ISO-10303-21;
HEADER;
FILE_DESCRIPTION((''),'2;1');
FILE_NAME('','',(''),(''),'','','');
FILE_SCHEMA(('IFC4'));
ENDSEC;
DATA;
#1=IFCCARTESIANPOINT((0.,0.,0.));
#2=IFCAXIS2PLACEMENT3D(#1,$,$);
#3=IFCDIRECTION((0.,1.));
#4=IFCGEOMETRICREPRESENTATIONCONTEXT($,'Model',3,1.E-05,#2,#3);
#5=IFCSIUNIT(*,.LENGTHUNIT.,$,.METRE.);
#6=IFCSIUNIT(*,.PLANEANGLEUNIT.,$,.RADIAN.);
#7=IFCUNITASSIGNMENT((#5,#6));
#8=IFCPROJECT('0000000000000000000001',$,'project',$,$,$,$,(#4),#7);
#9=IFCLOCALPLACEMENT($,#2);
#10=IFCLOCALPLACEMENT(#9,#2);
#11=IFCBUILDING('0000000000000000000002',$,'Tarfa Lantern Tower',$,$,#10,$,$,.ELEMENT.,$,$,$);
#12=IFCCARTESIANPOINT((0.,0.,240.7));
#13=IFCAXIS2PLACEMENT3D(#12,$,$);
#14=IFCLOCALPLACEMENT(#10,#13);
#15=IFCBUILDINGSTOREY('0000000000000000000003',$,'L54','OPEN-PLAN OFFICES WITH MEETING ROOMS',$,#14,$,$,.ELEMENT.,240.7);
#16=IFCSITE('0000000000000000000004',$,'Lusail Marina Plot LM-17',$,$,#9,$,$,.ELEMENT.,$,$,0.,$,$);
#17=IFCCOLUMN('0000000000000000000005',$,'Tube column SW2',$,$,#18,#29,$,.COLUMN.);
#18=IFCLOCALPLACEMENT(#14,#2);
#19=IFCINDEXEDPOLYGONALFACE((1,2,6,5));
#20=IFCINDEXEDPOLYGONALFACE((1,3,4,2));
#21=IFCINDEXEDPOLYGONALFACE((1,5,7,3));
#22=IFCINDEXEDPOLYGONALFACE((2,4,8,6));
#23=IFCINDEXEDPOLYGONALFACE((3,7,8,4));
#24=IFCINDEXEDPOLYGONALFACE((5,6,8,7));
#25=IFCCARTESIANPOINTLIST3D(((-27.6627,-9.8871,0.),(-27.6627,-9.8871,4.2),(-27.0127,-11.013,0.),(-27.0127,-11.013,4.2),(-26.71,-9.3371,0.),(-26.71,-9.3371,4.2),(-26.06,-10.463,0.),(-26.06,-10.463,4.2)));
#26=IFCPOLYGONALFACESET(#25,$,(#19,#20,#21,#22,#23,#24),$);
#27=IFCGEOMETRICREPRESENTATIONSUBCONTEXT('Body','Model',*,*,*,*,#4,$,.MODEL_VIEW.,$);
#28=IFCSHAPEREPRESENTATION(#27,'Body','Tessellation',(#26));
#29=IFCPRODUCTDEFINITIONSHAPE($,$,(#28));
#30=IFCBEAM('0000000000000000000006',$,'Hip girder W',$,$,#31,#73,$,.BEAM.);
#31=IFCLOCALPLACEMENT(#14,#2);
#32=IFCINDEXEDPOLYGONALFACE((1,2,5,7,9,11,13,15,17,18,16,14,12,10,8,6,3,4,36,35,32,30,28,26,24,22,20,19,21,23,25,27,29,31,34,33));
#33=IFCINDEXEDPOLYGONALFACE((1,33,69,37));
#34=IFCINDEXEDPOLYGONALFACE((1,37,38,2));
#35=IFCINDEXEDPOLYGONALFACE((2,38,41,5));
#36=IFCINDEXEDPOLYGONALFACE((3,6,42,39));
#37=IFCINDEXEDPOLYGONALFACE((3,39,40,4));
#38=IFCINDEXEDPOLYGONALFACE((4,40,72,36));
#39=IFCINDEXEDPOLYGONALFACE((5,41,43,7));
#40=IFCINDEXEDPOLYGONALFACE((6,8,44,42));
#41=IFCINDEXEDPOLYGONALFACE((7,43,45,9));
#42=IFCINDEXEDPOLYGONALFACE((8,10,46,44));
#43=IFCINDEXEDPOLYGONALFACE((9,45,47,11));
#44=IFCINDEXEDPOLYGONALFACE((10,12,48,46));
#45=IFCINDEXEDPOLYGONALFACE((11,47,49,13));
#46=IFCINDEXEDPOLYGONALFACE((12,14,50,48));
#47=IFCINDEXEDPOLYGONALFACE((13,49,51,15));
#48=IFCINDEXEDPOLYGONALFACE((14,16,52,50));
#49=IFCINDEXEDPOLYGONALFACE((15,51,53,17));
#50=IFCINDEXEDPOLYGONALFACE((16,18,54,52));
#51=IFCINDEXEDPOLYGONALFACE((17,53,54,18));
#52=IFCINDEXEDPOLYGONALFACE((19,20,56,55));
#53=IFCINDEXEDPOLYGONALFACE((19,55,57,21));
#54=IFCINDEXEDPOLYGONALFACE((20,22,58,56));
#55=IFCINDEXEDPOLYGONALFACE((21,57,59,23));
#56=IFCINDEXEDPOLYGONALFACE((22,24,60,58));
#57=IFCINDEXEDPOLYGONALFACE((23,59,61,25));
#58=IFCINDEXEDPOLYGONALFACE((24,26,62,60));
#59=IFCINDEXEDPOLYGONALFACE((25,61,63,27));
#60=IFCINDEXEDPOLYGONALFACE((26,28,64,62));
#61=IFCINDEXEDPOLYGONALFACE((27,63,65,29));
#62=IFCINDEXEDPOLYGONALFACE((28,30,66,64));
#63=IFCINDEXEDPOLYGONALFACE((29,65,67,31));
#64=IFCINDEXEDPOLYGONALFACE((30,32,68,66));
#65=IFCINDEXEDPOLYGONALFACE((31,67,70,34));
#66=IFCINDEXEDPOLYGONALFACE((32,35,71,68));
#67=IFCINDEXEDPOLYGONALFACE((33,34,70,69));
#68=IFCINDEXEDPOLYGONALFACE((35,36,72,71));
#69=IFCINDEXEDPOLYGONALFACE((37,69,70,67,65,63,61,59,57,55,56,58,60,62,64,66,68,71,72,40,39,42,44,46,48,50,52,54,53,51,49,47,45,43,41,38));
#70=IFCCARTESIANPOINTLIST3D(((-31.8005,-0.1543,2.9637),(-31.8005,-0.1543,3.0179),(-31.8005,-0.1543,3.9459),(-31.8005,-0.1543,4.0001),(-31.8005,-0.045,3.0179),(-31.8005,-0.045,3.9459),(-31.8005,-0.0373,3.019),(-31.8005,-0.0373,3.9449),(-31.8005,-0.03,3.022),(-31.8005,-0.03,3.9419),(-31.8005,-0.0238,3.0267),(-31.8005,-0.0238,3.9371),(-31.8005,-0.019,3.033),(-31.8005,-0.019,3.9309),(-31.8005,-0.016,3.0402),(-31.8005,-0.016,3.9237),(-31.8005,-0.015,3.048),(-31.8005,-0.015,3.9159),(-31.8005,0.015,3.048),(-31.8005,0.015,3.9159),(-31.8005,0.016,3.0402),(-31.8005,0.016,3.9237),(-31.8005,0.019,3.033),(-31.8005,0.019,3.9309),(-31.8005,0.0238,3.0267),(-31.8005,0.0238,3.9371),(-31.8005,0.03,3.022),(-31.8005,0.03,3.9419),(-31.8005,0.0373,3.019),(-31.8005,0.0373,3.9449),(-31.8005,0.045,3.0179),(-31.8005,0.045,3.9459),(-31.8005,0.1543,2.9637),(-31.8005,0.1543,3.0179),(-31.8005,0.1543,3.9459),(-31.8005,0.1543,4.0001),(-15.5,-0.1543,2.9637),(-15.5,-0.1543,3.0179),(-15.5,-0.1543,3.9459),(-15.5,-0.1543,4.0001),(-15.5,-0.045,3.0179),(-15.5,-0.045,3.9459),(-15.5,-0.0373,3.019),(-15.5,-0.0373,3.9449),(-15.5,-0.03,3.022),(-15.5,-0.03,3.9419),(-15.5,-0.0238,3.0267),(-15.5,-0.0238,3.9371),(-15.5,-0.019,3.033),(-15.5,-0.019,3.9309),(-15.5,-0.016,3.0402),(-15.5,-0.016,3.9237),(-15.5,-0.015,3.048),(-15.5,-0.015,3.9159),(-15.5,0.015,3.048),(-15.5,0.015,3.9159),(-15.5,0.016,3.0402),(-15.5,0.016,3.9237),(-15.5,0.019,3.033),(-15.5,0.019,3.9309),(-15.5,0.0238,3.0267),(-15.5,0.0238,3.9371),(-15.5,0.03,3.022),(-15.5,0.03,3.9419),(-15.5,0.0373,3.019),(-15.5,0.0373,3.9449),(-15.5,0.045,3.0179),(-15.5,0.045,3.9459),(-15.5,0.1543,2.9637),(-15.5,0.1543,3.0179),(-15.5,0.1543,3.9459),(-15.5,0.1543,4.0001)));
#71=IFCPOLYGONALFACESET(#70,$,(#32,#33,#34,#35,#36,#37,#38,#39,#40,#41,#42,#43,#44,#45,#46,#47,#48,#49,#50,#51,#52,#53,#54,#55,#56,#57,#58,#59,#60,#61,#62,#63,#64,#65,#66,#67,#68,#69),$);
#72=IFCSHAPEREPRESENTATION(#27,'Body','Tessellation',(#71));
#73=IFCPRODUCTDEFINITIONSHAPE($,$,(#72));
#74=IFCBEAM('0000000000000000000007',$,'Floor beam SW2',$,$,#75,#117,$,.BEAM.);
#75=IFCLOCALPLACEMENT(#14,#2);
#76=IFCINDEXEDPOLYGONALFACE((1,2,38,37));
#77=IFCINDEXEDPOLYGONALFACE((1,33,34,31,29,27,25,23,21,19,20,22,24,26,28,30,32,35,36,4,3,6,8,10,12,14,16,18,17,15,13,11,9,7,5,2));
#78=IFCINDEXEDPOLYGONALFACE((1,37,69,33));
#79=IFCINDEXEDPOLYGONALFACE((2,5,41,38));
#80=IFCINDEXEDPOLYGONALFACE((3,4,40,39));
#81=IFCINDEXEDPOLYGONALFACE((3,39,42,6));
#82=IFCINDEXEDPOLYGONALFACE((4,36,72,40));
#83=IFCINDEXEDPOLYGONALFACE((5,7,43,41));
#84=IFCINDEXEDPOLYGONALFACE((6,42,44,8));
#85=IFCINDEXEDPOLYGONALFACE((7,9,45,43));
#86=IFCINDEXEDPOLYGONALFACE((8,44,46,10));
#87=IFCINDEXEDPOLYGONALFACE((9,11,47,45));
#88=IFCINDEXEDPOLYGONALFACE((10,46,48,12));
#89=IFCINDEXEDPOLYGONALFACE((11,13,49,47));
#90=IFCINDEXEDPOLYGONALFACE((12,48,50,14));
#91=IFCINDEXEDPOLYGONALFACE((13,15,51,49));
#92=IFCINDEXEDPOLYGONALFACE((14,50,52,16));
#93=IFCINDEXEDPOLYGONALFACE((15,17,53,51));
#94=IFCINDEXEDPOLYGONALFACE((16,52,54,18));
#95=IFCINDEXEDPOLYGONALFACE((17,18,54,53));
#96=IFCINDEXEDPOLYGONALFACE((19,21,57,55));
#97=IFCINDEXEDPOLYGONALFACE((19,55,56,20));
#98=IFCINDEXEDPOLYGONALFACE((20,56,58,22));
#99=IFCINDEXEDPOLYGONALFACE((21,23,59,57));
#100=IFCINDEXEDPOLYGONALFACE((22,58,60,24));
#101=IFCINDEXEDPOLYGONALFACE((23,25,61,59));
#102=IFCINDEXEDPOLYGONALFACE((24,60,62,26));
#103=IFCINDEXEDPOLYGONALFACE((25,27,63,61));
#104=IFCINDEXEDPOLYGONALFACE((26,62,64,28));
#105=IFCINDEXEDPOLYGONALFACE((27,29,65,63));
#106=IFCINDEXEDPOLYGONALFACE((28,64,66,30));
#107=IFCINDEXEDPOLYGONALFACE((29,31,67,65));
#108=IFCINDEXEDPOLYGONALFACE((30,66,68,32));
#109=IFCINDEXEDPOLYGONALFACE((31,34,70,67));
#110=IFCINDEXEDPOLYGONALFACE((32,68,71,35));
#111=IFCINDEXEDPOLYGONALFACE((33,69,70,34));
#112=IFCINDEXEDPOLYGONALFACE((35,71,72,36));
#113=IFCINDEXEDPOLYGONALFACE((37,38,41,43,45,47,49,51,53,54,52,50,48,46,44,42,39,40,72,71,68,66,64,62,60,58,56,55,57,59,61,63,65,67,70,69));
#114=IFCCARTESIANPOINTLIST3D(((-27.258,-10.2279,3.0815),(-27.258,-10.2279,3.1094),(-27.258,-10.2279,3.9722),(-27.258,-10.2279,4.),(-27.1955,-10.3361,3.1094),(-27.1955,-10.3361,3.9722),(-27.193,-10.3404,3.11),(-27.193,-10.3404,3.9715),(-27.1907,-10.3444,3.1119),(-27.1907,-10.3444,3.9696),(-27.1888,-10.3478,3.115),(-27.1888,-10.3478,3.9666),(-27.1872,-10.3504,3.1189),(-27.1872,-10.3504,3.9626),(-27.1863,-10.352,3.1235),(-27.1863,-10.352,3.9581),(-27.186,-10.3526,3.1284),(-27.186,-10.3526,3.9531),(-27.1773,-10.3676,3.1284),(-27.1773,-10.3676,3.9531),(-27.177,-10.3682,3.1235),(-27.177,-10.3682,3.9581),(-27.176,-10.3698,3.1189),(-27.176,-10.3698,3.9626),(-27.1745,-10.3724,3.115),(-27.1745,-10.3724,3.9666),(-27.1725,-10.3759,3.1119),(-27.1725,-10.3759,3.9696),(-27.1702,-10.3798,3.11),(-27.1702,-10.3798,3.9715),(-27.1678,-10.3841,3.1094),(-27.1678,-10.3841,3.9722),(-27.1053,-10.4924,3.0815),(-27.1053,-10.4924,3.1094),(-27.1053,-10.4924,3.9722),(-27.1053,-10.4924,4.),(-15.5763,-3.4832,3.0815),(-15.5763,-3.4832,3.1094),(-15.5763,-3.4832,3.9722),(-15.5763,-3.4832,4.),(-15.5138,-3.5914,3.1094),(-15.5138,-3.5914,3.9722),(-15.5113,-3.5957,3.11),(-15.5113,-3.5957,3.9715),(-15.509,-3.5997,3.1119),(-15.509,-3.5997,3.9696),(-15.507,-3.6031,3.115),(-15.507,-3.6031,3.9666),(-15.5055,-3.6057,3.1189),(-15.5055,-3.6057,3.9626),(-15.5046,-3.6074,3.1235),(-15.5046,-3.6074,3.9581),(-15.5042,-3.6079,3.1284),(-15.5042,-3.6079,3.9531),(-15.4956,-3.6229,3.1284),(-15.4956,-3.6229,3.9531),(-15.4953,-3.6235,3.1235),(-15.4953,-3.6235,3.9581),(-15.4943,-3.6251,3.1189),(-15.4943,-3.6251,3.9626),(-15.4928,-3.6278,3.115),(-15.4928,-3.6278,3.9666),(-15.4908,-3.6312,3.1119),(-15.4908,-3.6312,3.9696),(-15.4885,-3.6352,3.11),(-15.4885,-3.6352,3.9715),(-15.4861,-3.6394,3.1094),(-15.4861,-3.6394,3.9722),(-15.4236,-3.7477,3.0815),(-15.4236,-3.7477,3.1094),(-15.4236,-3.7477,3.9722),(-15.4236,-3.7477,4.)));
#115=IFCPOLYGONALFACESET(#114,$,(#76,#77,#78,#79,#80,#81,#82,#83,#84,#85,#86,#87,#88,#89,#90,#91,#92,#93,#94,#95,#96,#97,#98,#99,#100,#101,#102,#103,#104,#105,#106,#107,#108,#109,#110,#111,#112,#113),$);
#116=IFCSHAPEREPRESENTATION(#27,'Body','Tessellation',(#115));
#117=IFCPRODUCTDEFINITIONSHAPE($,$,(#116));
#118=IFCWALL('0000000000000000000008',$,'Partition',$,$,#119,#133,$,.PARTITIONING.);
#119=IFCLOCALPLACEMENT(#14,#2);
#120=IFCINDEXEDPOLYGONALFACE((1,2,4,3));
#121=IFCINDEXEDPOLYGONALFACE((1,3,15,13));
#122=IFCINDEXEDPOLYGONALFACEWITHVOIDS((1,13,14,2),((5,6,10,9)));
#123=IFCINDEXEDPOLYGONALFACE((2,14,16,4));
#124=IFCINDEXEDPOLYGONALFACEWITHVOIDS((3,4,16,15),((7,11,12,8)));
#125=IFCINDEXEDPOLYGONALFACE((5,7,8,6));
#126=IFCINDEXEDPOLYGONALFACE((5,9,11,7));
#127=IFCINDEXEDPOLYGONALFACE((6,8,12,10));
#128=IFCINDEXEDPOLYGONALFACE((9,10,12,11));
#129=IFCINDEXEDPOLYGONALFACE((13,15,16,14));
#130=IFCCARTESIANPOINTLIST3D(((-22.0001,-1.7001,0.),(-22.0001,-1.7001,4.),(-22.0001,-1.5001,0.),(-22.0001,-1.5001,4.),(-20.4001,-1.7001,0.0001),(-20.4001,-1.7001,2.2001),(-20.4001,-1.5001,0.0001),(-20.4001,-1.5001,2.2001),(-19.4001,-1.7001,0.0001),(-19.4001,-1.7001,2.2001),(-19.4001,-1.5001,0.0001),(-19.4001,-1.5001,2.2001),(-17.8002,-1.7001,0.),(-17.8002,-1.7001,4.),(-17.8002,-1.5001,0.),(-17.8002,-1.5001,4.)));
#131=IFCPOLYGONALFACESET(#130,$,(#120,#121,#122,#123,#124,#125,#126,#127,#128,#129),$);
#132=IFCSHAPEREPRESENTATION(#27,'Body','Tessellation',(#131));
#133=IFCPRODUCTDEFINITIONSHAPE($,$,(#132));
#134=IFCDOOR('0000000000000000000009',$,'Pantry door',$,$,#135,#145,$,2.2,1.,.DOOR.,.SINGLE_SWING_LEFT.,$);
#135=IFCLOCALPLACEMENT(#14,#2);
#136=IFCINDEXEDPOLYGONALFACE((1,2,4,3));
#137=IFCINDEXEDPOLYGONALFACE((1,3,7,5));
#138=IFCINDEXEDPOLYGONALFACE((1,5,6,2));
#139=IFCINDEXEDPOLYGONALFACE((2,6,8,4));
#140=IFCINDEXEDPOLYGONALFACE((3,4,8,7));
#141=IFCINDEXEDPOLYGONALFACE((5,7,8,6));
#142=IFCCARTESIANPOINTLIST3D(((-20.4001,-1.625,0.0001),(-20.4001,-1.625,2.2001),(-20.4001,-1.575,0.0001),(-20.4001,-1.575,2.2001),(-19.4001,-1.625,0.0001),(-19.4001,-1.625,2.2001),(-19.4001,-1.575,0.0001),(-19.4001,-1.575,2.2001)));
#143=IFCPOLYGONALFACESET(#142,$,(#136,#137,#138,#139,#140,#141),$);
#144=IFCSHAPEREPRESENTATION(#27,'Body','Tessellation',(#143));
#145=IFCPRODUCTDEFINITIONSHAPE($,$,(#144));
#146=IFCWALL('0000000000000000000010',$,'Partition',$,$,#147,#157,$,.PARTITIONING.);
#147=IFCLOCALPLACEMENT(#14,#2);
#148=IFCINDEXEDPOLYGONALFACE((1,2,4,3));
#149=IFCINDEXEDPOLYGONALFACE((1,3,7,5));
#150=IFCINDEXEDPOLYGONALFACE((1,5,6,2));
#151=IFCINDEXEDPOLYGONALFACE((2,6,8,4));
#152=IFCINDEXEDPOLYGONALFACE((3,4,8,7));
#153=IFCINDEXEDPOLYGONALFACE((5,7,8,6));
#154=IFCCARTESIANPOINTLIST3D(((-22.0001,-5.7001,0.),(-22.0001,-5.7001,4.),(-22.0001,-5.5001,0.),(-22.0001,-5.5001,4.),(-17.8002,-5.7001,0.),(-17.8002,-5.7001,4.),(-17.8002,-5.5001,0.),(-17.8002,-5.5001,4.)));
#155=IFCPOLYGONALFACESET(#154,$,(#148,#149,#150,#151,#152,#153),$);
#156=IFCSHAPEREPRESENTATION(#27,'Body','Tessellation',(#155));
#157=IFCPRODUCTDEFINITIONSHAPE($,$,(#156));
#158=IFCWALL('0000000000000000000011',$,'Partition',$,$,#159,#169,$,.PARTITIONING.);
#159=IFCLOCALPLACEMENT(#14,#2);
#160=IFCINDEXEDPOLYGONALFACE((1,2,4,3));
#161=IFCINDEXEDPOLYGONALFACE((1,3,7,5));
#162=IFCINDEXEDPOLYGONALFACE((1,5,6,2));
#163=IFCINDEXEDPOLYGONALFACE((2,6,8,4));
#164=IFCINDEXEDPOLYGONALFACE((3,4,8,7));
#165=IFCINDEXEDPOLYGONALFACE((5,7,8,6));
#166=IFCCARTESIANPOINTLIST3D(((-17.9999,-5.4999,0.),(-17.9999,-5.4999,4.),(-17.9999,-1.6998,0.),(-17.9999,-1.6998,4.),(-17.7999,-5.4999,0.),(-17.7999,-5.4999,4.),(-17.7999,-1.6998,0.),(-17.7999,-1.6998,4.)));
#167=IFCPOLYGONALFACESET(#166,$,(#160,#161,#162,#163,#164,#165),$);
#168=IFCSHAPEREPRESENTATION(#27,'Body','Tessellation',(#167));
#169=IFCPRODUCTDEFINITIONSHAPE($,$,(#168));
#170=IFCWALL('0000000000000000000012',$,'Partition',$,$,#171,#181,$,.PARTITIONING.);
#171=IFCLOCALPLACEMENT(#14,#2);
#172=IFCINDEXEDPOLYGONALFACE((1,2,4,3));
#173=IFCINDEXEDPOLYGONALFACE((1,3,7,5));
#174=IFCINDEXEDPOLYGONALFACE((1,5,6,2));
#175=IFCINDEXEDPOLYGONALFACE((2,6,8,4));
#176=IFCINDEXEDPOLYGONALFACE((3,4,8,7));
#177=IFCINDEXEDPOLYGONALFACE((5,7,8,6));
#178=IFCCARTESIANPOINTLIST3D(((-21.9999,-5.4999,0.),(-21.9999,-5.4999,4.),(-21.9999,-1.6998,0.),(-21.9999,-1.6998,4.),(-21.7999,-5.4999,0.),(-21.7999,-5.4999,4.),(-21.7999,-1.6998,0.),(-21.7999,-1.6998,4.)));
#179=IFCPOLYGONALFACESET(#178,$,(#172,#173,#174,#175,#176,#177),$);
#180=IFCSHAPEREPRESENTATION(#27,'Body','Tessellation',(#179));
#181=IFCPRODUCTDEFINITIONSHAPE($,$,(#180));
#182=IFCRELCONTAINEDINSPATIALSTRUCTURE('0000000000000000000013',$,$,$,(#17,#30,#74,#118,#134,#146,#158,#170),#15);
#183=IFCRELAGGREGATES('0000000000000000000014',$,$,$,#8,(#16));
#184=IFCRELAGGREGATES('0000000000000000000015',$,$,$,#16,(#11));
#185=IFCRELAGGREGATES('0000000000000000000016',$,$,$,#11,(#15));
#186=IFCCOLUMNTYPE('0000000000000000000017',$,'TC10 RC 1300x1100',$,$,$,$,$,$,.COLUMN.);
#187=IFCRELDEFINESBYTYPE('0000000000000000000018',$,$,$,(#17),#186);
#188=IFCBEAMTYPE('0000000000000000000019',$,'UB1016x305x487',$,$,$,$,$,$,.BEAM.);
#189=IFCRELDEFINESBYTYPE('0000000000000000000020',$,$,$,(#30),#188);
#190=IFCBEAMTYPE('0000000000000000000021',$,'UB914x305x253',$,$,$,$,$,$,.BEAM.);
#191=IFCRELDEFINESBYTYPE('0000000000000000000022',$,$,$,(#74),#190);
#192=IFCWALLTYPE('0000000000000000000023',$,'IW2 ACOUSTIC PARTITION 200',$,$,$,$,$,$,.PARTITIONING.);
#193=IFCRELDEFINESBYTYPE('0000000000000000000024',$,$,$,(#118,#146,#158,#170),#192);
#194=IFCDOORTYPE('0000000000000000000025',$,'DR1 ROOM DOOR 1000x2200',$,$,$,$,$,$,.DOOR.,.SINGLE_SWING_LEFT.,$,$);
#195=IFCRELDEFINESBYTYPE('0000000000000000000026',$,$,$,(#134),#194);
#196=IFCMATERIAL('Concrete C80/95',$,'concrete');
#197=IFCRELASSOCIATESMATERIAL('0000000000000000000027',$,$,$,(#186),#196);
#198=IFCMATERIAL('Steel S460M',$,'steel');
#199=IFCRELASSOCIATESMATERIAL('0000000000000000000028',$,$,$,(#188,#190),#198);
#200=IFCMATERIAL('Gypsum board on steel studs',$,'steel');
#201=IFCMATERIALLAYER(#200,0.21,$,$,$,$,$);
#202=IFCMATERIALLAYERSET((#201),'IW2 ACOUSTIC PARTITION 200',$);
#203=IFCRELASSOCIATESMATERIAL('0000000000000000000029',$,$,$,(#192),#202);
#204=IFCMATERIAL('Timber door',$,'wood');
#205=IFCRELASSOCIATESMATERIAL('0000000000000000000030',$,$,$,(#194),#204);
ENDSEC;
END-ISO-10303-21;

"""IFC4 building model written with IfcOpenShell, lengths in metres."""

from ifc_helpers import new_model, si_unit, direction, frame, frame_2d, origin, origin_2d, place, context, subcontext, project, spatial, rectangle, i_section, extrude, material, layer, layer_set, material_profile, profile_set, type_object, element, fill, save


model = new_model("IFC4")

# Units and contexts
model_context = context("Model", 3, precision=1e-05, world=origin(), true_north=direction((0.0, 1.0)))
body_context = subcontext(model_context, "Body", "Model", "MODEL_VIEW")
ifc_project = project(units=[si_unit("LENGTHUNIT", "METRE"), si_unit("PLANEANGLEUNIT", "RADIAN")], contexts=[model_context])

# Site, building, storey
site_placement = place(None, origin())
site = spatial("IfcSite", under=ifc_project, at=site_placement, Name="Lusail Marina Plot LM-17", CompositionType="ELEMENT", RefElevation=0.0)
building_placement = place(site_placement, origin())
building = spatial("IfcBuilding", under=site, at=building_placement, Name="Tarfa Lantern Tower", CompositionType="ELEMENT")
storey_placement = place(building_placement, frame((0.0, 0.0, 240.7)))
storey = spatial("IfcBuildingStorey", under=building, at=storey_placement, Name="L54", Description="OPEN-PLAN OFFICES WITH MEETING ROOMS", CompositionType="ELEMENT", Elevation=240.7)

# Column
ifc_material_1 = material(Name="Concrete C80/95", Category="concrete")
ifc_material_profile_1 = material_profile(ifc_material_1, rectangle(XDim=1.3, YDim=1.1001, at=origin_2d()), Name="RC 1300x1100")
ifc_profile_set_1 = profile_set([ifc_material_profile_1], Name="Concrete C80/95")
column_type = type_object("IfcColumnType", Name="TC10 RC 1300x1100", PredefinedType="COLUMN", material=ifc_profile_set_1)
column_placement = place(storey_placement, frame((-26.8613, -10.175, 0.0), z_axis=(0.0, 0.0, 1.0), x_axis=(0.5, -0.866025, 0.0)))
element("IfcColumn", 1, at=column_placement, inside=storey, type_object=column_type, Name="Tube column SW2", PredefinedType="COLUMN", context=body_context, shape_type="SweptSolid", body=[
    extrude(rectangle(XDim=1.3, YDim=1.1001, at=origin_2d()), origin(), (0.0, 0.0, 1.0), 4.2),
])

# Beams
ifc_material_2 = material(Name="Steel S460M", Category="steel")
ifc_material_profile_2 = material_profile(ifc_material_2, i_section(OverallWidth=0.3086, OverallDepth=1.0364, WebThickness=0.03, FlangeThickness=0.0542, FilletRadius=0.03, at=origin_2d()), Name="UB1016x305x487")
ifc_profile_set_2 = profile_set([ifc_material_profile_2], Name="Steel S460M")
beam_type_1 = type_object("IfcBeamType", Name="UB1016x305x487", PredefinedType="BEAM", material=ifc_profile_set_2)
beam_1_placement = place(storey_placement, frame((-15.5, 0.0, 3.4819), z_axis=(-1.0, 0.0, 0.0), x_axis=(0.0, -1.0, 0.0)))
element("IfcBeam", 2, at=beam_1_placement, inside=storey, type_object=beam_type_1, Name="Hip girder W", PredefinedType="BEAM", context=body_context, shape_type="SweptSolid", body=[
    extrude(i_section(OverallWidth=0.3086, OverallDepth=1.0364, WebThickness=0.03, FlangeThickness=0.0542, FilletRadius=0.03, at=origin_2d()), origin(), (0.0, 0.0, 1.0), 16.3005),
])
ifc_material_profile_3 = material_profile(ifc_material_2, i_section(OverallWidth=0.3054, OverallDepth=0.9185, WebThickness=0.0173, FlangeThickness=0.0278, FilletRadius=0.019, at=origin_2d()), Name="UB914x305x253")
ifc_profile_set_3 = profile_set([ifc_material_profile_3], Name="Steel S460M")
beam_type_2 = type_object("IfcBeamType", Name="UB914x305x253", PredefinedType="BEAM", material=ifc_profile_set_3)
beam_2_placement = place(storey_placement, frame((-27.1816, -10.3601, 3.5408), z_axis=(0.866018, 0.500013, 0.0), x_axis=(-0.500013, 0.866018, 0.0)))
element("IfcBeam", 3, at=beam_2_placement, inside=storey, type_object=beam_type_2, Name="Floor beam SW2", PredefinedType="BEAM", context=body_context, shape_type="SweptSolid", body=[
    extrude(i_section(OverallWidth=0.3054, OverallDepth=0.9185, WebThickness=0.0173, FlangeThickness=0.0278, FilletRadius=0.019, at=origin_2d()), origin(), (0.0, 0.0, 1.0), 13.489),
])

# Wall, opening, door
ifc_material_3 = material(Name="Gypsum board on steel studs", Category="steel")
ifc_layer_1 = layer(ifc_material_3, 0.21)
ifc_layer_set_1 = layer_set([ifc_layer_1], Name="IW2 ACOUSTIC PARTITION 200")
wall_type_1 = type_object("IfcWallType", Name="IW2 ACOUSTIC PARTITION 200", PredefinedType="PARTITIONING", material=ifc_layer_set_1)
wall_1_placement = place(storey_placement, frame((-17.8, -1.6001, 0.0), z_axis=(0.0, 0.0, 1.0), x_axis=(-1.0, 0.0, 0.0)))
wall_1 = element("IfcWall", 4, at=wall_1_placement, inside=storey, type_object=wall_type_1, Name="Partition", PredefinedType="PARTITIONING", context=body_context, shape_type="SweptSolid", body=[
    extrude(rectangle(XDim=4.2, YDim=0.2, at=frame_2d((2.1001, 0.0))), origin(), (0.0, 0.0, 1.0), 4.0),
])
opening_1_placement = place(wall_1_placement, frame((1.6001, 0.0, 0.0)))
opening_1 = element("IfcOpeningElement", 5, at=opening_1_placement, cuts=wall_1, PredefinedType="OPENING", context=body_context, shape_type="SweptSolid", body=[
    extrude(rectangle(XDim=1.0, YDim=2.2, at=frame_2d((0.5, 1.1001))), frame((0.0, 0.1099, 0.0), z_axis=(0.0, -1.0, 0.0), x_axis=(1.0, 0.0, 0.0)), (0.0, 0.0, 1.0), 0.22),
])
ifc_material_4 = material(Name="Timber door", Category="wood")
door_type_1 = type_object("IfcDoorType", Name="DR1 ROOM DOOR 1000x2200", OperationType="SINGLE_SWING_LEFT", PredefinedType="DOOR", material=ifc_material_4)
door_1_placement = place(opening_1_placement, origin())
door_1 = element("IfcDoor", 6, at=door_1_placement, inside=storey, type_object=door_type_1, Name="Pantry door", OperationType="SINGLE_SWING_LEFT", OverallHeight=2.2, OverallWidth=1.0, PredefinedType="DOOR", context=body_context, shape_type="SweptSolid", body=[
    extrude(rectangle(XDim=1.0, YDim=2.2, at=frame_2d((0.5, 1.1001))), frame((0.0, 0.0249, 0.0), z_axis=(0.0, -1.0, 0.0), x_axis=(1.0, 0.0, 0.0)), (0.0, 0.0, 1.0), 0.05),
])
fill(opening_1, door_1)

# Walls
wall_2_placement = place(storey_placement, frame((-17.8, -5.6001, 0.0), z_axis=(0.0, 0.0, 1.0), x_axis=(-1.0, 0.0, 0.0)))
element("IfcWall", 7, at=wall_2_placement, inside=storey, type_object=wall_type_1, Name="Partition", PredefinedType="PARTITIONING", context=body_context, shape_type="SweptSolid", body=[
    extrude(rectangle(XDim=4.2, YDim=0.2, at=frame_2d((2.1001, 0.0))), origin(), (0.0, 0.0, 1.0), 4.0),
])
for number, where, z_axis, x_axis, name in (
    (8, (-17.8999, -1.7, 0.0), (0.0, 0.0, 1.0), (0.0, -1.0, 0.0), "Partition"),
    (9, (-21.8999, -1.7, 0.0), (0.0, 0.0, 1.0), (0.0, -1.0, 0.0), "Partition"),
):
    element("IfcWall", number, at=place(storey_placement, frame(where, z_axis=z_axis, x_axis=x_axis)), inside=storey, type_object=wall_type_1, Name=name, PredefinedType="PARTITIONING", context=body_context, shape_type="SweptSolid", body=[
        extrude(rectangle(XDim=3.8, YDim=0.2, at=frame_2d((1.8999, 0.0))), origin(), (0.0, 0.0, 1.0), 4.0),
    ])

save(model, "model.ifc")
